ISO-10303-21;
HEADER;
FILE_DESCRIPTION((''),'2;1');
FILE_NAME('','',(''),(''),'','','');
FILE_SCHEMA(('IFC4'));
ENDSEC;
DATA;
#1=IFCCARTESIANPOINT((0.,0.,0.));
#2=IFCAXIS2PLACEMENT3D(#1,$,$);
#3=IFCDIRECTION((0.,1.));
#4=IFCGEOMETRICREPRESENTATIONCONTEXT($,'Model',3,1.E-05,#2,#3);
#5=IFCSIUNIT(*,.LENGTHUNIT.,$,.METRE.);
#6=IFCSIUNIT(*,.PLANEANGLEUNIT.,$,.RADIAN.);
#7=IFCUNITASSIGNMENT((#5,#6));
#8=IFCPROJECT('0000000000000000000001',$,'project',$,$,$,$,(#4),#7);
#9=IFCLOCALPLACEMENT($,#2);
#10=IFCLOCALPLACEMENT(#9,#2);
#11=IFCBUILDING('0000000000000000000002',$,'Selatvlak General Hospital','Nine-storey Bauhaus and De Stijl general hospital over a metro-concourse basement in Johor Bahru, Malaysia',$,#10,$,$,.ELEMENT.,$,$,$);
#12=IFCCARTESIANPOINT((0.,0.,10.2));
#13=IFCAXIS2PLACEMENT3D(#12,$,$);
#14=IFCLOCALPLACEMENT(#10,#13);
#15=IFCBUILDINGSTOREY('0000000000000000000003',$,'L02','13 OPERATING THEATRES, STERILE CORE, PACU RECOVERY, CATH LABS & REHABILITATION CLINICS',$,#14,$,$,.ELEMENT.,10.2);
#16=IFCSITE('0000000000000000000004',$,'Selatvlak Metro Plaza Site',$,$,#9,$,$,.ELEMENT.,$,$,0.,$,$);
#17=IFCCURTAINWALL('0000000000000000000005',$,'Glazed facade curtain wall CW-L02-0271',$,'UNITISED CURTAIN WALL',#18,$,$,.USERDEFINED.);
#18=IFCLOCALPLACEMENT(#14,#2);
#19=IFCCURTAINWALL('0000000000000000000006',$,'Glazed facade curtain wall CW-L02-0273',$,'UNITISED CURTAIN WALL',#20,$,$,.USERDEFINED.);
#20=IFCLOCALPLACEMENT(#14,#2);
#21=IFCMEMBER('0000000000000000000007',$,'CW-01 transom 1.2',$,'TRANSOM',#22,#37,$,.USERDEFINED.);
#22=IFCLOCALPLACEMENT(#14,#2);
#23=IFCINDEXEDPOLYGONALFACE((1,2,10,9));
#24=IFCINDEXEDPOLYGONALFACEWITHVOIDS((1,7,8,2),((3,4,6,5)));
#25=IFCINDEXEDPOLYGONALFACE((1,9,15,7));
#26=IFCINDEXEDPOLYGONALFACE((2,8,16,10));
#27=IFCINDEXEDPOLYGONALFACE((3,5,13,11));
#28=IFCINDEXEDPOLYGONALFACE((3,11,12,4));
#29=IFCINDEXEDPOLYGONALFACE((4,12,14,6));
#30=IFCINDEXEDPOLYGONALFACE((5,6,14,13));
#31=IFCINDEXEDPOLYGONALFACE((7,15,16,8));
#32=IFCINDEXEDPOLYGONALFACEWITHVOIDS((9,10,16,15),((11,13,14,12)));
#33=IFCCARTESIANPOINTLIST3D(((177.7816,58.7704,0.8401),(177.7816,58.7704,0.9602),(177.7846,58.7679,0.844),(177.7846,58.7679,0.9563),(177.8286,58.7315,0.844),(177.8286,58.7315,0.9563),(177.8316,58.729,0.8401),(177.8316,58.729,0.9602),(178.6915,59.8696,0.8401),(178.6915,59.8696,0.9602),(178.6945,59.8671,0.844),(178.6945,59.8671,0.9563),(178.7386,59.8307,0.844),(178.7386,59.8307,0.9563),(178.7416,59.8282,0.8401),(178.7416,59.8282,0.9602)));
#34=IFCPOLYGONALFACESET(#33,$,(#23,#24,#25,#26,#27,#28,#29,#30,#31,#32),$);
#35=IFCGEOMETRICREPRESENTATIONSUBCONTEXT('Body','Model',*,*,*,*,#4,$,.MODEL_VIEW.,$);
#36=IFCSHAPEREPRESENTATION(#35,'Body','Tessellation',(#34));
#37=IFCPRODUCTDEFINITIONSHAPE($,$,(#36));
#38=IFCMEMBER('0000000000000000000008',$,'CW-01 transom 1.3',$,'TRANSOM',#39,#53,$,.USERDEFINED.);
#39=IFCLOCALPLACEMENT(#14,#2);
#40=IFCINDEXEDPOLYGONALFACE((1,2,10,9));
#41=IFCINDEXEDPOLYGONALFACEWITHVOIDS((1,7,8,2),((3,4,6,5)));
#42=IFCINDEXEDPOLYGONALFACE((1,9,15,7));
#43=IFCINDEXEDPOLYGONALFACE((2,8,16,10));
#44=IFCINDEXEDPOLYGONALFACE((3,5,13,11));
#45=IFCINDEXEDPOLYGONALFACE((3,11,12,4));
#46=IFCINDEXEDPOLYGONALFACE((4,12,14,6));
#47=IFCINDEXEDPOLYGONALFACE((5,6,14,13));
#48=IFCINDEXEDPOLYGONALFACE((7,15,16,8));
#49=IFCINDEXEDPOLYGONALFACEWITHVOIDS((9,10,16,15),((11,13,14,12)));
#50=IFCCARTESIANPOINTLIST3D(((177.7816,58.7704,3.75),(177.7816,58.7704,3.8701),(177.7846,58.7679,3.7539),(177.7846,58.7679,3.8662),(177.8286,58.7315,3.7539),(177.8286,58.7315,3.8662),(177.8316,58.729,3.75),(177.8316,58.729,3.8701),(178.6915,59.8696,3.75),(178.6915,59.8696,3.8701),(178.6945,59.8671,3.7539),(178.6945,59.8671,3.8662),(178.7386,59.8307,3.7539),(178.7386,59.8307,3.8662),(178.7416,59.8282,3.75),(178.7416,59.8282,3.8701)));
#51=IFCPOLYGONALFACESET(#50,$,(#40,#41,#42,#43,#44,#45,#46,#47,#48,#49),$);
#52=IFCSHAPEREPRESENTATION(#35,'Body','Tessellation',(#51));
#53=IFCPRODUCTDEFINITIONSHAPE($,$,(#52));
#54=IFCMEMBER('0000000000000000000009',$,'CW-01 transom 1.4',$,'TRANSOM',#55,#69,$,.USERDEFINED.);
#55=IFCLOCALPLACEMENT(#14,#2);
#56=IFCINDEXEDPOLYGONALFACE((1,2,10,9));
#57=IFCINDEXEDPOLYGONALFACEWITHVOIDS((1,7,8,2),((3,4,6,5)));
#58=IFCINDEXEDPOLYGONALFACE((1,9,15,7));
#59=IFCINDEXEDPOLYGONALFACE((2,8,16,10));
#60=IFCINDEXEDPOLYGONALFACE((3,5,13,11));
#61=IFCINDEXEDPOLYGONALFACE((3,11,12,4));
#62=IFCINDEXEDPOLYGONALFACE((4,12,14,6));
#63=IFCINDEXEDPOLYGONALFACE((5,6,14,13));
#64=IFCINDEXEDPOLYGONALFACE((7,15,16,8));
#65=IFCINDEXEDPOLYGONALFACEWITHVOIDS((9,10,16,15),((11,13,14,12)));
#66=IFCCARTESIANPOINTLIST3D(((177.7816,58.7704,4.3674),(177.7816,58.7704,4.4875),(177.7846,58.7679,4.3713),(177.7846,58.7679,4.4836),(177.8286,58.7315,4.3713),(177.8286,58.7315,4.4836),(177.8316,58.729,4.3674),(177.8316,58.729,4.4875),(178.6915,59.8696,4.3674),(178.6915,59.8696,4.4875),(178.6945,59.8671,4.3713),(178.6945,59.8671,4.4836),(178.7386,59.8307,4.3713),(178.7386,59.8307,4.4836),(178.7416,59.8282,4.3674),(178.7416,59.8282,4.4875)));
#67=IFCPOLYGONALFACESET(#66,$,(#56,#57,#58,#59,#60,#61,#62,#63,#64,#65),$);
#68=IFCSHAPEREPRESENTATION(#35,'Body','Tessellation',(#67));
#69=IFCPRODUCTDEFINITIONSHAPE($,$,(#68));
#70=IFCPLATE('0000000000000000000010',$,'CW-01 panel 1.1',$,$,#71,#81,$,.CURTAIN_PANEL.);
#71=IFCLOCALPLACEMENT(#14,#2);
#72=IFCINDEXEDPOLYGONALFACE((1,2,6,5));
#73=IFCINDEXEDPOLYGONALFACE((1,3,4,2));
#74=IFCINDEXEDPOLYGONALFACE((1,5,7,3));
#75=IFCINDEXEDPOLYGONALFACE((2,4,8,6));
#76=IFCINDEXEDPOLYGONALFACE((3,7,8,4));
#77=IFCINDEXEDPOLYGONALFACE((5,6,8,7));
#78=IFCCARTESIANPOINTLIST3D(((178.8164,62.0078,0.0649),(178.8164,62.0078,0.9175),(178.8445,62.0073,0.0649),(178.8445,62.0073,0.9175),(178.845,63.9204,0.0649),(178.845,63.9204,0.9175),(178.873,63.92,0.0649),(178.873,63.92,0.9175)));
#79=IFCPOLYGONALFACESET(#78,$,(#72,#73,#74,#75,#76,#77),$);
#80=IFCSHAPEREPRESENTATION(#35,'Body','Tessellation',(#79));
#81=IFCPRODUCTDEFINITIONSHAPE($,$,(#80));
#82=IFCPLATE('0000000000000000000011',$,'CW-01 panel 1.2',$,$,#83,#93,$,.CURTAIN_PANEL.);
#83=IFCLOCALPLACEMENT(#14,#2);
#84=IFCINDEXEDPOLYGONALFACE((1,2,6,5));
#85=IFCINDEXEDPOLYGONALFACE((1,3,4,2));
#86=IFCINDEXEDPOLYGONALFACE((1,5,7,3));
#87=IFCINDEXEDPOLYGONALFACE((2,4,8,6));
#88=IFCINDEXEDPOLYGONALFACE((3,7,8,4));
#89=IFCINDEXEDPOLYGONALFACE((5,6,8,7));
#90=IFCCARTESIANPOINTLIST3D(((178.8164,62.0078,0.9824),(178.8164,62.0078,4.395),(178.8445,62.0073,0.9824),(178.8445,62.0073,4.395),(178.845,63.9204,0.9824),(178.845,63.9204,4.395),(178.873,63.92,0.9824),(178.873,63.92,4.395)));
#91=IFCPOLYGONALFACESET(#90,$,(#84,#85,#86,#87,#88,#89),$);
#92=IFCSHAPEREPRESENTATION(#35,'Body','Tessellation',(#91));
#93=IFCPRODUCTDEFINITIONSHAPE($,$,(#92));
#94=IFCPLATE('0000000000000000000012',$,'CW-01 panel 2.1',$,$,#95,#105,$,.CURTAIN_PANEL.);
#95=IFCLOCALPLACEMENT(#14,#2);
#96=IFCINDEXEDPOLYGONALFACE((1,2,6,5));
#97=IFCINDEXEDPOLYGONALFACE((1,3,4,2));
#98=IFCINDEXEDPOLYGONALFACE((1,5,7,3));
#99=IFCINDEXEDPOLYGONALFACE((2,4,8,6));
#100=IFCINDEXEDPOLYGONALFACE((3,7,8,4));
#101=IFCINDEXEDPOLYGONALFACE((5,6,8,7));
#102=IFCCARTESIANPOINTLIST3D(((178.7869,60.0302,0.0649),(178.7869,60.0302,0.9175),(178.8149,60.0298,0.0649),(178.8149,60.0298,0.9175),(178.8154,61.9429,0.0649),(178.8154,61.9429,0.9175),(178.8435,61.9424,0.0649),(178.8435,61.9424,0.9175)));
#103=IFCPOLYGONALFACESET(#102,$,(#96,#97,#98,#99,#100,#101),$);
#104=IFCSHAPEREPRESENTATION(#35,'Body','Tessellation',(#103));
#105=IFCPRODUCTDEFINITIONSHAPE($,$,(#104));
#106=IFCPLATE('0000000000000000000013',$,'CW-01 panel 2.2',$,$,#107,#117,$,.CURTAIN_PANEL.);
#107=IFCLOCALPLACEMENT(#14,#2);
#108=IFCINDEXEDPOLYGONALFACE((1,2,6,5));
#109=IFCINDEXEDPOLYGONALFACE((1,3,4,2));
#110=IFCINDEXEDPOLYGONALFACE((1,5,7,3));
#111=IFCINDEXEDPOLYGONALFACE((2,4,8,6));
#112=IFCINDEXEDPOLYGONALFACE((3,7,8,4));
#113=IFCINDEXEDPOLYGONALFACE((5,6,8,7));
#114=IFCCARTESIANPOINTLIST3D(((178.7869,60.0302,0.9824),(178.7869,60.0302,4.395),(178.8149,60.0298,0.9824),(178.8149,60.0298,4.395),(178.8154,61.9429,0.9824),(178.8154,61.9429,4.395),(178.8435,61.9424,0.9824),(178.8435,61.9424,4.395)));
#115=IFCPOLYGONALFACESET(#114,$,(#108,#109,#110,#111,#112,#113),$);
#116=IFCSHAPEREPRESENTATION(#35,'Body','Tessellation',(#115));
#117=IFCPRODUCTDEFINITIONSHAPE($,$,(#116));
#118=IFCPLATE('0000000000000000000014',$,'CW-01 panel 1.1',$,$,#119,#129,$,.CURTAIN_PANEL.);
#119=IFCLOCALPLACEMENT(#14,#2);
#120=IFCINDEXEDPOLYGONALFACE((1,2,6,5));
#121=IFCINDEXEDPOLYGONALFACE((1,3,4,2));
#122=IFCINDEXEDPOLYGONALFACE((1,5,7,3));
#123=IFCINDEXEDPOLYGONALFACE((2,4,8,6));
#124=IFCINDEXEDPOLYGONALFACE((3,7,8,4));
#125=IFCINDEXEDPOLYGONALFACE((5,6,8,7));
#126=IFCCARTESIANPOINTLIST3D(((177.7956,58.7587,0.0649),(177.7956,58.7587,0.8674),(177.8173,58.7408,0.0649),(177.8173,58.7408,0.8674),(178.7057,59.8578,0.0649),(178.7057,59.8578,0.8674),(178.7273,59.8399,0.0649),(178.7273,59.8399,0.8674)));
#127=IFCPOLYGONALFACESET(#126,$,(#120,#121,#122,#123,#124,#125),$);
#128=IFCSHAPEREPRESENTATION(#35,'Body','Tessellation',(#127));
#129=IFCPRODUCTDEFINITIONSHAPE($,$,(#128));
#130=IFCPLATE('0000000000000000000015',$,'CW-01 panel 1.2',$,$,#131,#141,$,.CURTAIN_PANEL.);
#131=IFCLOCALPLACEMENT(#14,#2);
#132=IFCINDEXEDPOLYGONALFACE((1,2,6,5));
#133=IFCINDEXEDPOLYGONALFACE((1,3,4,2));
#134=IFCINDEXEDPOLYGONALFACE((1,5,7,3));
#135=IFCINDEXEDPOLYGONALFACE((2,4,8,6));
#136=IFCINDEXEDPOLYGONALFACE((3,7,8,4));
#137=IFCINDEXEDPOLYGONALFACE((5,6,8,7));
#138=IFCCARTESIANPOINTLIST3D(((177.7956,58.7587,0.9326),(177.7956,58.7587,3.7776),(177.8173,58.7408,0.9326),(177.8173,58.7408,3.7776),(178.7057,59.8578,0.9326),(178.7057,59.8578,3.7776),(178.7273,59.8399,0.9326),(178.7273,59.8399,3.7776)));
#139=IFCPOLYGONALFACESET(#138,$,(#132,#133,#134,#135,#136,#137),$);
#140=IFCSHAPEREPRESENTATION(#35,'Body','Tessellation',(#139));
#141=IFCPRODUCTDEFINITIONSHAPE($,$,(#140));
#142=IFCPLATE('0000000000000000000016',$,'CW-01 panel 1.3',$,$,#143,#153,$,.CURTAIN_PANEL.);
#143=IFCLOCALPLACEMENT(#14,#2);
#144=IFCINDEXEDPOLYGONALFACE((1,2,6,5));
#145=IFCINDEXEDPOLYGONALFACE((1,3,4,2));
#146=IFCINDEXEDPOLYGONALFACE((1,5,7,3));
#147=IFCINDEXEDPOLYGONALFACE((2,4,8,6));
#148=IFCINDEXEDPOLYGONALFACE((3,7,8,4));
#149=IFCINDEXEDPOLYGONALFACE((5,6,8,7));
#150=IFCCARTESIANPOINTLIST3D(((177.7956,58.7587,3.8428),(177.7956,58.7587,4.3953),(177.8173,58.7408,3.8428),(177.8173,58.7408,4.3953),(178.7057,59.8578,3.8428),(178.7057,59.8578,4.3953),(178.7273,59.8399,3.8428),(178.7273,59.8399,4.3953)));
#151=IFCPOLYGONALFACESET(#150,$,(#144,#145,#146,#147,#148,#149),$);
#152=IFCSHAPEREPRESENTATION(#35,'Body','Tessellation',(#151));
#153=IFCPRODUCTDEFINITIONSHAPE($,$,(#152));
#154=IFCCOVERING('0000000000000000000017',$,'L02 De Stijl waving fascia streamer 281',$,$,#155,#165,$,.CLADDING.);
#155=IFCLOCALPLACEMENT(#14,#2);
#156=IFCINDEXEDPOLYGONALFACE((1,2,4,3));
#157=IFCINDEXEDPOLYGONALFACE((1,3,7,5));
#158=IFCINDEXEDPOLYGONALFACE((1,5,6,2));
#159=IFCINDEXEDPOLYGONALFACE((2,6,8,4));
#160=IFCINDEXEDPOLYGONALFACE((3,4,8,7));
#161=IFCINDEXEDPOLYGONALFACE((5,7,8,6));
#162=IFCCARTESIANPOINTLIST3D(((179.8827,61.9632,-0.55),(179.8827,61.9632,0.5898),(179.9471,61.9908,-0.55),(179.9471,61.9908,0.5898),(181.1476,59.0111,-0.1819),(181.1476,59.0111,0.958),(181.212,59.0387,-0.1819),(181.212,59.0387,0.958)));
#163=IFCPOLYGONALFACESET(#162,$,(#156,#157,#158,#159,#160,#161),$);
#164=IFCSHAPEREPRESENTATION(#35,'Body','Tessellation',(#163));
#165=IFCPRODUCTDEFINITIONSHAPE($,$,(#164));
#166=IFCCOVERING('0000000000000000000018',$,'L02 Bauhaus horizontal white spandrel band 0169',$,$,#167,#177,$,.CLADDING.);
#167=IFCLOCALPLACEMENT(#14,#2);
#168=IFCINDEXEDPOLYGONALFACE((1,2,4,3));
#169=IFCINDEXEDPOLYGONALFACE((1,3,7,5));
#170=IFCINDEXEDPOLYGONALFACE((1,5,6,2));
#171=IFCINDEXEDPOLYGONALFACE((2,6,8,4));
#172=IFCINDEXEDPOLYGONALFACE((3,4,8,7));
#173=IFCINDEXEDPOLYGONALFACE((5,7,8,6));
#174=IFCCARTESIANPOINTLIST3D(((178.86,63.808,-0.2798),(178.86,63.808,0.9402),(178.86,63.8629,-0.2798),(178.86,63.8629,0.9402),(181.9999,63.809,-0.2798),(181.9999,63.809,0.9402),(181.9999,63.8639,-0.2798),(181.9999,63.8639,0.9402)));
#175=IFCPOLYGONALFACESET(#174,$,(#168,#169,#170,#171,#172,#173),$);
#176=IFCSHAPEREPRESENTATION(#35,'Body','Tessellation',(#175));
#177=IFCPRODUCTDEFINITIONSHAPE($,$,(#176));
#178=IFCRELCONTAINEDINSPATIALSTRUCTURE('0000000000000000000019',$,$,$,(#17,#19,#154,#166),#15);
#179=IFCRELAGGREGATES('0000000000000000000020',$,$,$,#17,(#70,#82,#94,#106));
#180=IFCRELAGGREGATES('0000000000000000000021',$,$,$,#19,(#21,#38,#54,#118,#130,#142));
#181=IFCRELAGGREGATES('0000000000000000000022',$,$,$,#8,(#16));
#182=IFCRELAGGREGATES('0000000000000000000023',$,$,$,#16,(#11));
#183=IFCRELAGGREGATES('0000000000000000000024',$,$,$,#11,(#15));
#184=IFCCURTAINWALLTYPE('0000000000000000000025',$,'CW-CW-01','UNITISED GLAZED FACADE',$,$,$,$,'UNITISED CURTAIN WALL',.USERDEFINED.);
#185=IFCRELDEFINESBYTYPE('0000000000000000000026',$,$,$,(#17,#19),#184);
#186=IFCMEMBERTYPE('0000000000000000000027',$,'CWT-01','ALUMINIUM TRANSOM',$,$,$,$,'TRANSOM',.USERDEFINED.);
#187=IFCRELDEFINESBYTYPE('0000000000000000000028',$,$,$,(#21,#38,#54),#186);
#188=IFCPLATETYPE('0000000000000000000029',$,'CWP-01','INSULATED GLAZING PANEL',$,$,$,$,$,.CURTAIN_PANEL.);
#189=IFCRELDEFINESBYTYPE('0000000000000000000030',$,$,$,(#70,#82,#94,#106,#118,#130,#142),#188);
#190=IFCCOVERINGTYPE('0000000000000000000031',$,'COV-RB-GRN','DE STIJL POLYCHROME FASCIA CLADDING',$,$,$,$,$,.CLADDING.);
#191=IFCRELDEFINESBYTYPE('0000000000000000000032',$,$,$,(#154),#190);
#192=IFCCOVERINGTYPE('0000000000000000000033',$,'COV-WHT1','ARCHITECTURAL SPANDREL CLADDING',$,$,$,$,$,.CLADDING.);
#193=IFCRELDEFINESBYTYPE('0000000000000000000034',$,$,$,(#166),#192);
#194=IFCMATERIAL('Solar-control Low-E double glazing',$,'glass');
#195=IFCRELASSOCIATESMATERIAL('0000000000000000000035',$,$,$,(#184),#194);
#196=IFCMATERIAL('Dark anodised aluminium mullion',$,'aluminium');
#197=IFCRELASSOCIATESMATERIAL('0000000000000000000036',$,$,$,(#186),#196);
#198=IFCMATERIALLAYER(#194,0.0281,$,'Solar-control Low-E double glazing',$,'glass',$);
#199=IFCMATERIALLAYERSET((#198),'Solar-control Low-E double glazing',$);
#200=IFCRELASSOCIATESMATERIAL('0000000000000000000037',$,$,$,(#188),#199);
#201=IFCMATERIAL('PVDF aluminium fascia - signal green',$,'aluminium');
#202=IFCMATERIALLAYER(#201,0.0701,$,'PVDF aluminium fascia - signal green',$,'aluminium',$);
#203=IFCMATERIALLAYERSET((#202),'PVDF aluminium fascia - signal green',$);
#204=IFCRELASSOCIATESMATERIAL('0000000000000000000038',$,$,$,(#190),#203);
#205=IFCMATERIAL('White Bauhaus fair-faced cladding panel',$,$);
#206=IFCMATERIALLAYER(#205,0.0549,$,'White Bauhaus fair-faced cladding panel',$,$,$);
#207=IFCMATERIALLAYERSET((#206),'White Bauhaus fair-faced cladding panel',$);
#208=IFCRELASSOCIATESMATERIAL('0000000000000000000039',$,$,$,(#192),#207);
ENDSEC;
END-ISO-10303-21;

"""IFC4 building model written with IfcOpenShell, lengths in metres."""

from ifc_helpers import new_model, si_unit, direction, frame, origin, origin_2d, place, context, subcontext, project, spatial, polyline, rectangle, hollow_rectangle, outline, extrude, material, layer, layer_set, material_profile, profile_set, type_object, element, aggregate, save


model = new_model("IFC4")

# Units and contexts
model_context = context("Model", 3, precision=1e-05, world=origin(), true_north=direction((0.0, 1.0)))
body_context = subcontext(model_context, "Body", "Model", "MODEL_VIEW")
ifc_project = project(units=[si_unit("LENGTHUNIT", "METRE"), si_unit("PLANEANGLEUNIT", "RADIAN")], contexts=[model_context])

# Site, building, storey
site_placement = place(None, origin())
site = spatial("IfcSite", under=ifc_project, at=site_placement, Name="Selatvlak Metro Plaza Site", CompositionType="ELEMENT", RefElevation=0.0)
building_placement = place(site_placement, origin())
building = spatial("IfcBuilding", under=site, at=building_placement, Name="Selatvlak General Hospital", Description="Nine-storey Bauhaus and De Stijl general hospital over a metro-concourse basement in Johor Bahru, Malaysia", CompositionType="ELEMENT")
storey_placement = place(building_placement, frame((0.0, 0.0, 10.2)))
storey = spatial("IfcBuildingStorey", under=building, at=storey_placement, Name="L02", Description="13 OPERATING THEATRES, STERILE CORE, PACU RECOVERY, CATH LABS & REHABILITATION CLINICS", CompositionType="ELEMENT", Elevation=10.2)

# Curtain walls
ifc_material_1 = material(Name="Solar-control Low-E double glazing", Category="glass")
curtain_wall_type = type_object("IfcCurtainWallType", Name="CW-CW-01", Description="UNITISED GLAZED FACADE", ElementType="UNITISED CURTAIN WALL", PredefinedType="USERDEFINED", material=ifc_material_1)
curtain_wall_1_placement = place(storey_placement, origin())
curtain_wall_1 = element("IfcCurtainWall", 1, at=curtain_wall_1_placement, inside=storey, type_object=curtain_wall_type, Name="Glazed facade curtain wall CW-L02-0271", ObjectType="UNITISED CURTAIN WALL", PredefinedType="USERDEFINED")
ifc_material_2 = material(Name="Dark anodised aluminium mullion", Category="aluminium")
curtain_wall_2_placement = place(storey_placement, origin())
curtain_wall_2 = element("IfcCurtainWall", 2, at=curtain_wall_2_placement, inside=storey, type_object=curtain_wall_type, Name="Glazed facade curtain wall CW-L02-0273", ObjectType="UNITISED CURTAIN WALL", PredefinedType="USERDEFINED")

# Members
ifc_material_profile_1 = material_profile(ifc_material_2, hollow_rectangle(XDim=0.0649, YDim=0.1201, WallThickness=0.0039, at=origin_2d()), Name="AL-TRN 65x120x4")
ifc_profile_set_1 = profile_set([ifc_material_profile_1], Name="Dark anodised aluminium mullion")
member_type_1 = type_object("IfcMemberType", Name="CWT-01", Description="ALUMINIUM TRANSOM", ElementType="TRANSOM", PredefinedType="USERDEFINED", material=ifc_profile_set_1)
member_1_placement = place(storey_placement, frame((178.7166, 59.8489, 0.9001), z_axis=(-0.63769, -0.770293, 0.0), x_axis=(0.770293, -0.63769, 0.0)))
member_1 = element("IfcMember", 3, at=member_1_placement, type_object=member_type_1, Name="CW-01 transom 1.2", ObjectType="TRANSOM", PredefinedType="USERDEFINED", context=body_context, shape_type="SweptSolid", body=[
    extrude(hollow_rectangle(XDim=0.0649, YDim=0.1201, WallThickness=0.0039, at=origin_2d()), origin(), (0.0, 0.0, 1.0), 1.427),
])
member_2_placement = place(storey_placement, frame((178.7166, 59.8489, 3.8101), z_axis=(-0.63769, -0.770293, 0.0), x_axis=(0.770293, -0.63769, 0.0)))
member_2 = element("IfcMember", 4, at=member_2_placement, type_object=member_type_1, Name="CW-01 transom 1.3", ObjectType="TRANSOM", PredefinedType="USERDEFINED", context=body_context, shape_type="SweptSolid", body=[
    extrude(hollow_rectangle(XDim=0.0649, YDim=0.1201, WallThickness=0.0039, at=origin_2d()), origin(), (0.0, 0.0, 1.0), 1.427),
])
member_3_placement = place(storey_placement, frame((178.7166, 59.8489, 4.4275), z_axis=(-0.63769, -0.770293, 0.0), x_axis=(0.770293, -0.63769, 0.0)))
member_3 = element("IfcMember", 5, at=member_3_placement, type_object=member_type_1, Name="CW-01 transom 1.4", ObjectType="TRANSOM", PredefinedType="USERDEFINED", context=body_context, shape_type="SweptSolid", body=[
    extrude(hollow_rectangle(XDim=0.0649, YDim=0.1201, WallThickness=0.0039, at=origin_2d()), origin(), (0.0, 0.0, 1.0), 1.427),
])

# Plates
ifc_layer_1 = layer(ifc_material_1, 0.0281, Name="Solar-control Low-E double glazing", Category="glass")
ifc_layer_set_1 = layer_set([ifc_layer_1], Name="Solar-control Low-E double glazing")
plate_type = type_object("IfcPlateType", Name="CWP-01", Description="INSULATED GLAZING PANEL", PredefinedType="CURTAIN_PANEL", material=ifc_layer_set_1)
plate_1_placement = place(storey_placement, frame((178.8447, 62.9639, 0.0649), z_axis=(0.0, 0.0, 1.0), x_axis=(-0.014924, -0.999889, 0.0)))
plate_1 = element("IfcPlate", 6, at=plate_1_placement, type_object=plate_type, Name="CW-01 panel 1.1", PredefinedType="CURTAIN_PANEL", context=body_context, shape_type="SweptSolid", body=[
    extrude(rectangle(XDim=1.9128, YDim=0.0281, at=origin_2d()), origin(), (0.0, 0.0, 1.0), 0.8525),
])
plate_2_placement = place(storey_placement, frame((178.8447, 62.9639, 0.9824), z_axis=(0.0, 0.0, 1.0), x_axis=(-0.014924, -0.999889, 0.0)))
plate_2 = element("IfcPlate", 7, at=plate_2_placement, type_object=plate_type, Name="CW-01 panel 1.2", PredefinedType="CURTAIN_PANEL", context=body_context, shape_type="SweptSolid", body=[
    extrude(rectangle(XDim=1.9128, YDim=0.0281, at=origin_2d()), origin(), (0.0, 0.0, 1.0), 3.4126),
])
plate_3_placement = place(storey_placement, frame((178.8152, 60.9863, 0.0649), z_axis=(0.0, 0.0, 1.0), x_axis=(-0.014924, -0.999889, 0.0)))
plate_3 = element("IfcPlate", 8, at=plate_3_placement, type_object=plate_type, Name="CW-01 panel 2.1", PredefinedType="CURTAIN_PANEL", context=body_context, shape_type="SweptSolid", body=[
    extrude(rectangle(XDim=1.9128, YDim=0.0281, at=origin_2d()), origin(), (0.0, 0.0, 1.0), 0.8525),
])
plate_4_placement = place(storey_placement, frame((178.8152, 60.9863, 0.9824), z_axis=(0.0, 0.0, 1.0), x_axis=(-0.014924, -0.999889, 0.0)))
plate_4 = element("IfcPlate", 9, at=plate_4_placement, type_object=plate_type, Name="CW-01 panel 2.2", PredefinedType="CURTAIN_PANEL", context=body_context, shape_type="SweptSolid", body=[
    extrude(rectangle(XDim=1.9128, YDim=0.0281, at=origin_2d()), origin(), (0.0, 0.0, 1.0), 3.4126),
])
aggregate(curtain_wall_1, [plate_1, plate_2, plate_3, plate_4])
plate_5_placement = place(storey_placement, frame((178.2615, 59.2993, 0.0649), z_axis=(0.0, 0.0, 1.0), x_axis=(-0.63774, -0.770252, 0.0)))
plate_5 = element("IfcPlate", 10, at=plate_5_placement, type_object=plate_type, Name="CW-01 panel 1.1", PredefinedType="CURTAIN_PANEL", context=body_context, shape_type="SweptSolid", body=[
    extrude(rectangle(XDim=1.427, YDim=0.0281, at=origin_2d()), origin(), (0.0, 0.0, 1.0), 0.8025),
])
plate_6_placement = place(storey_placement, frame((178.2615, 59.2993, 0.9326), z_axis=(0.0, 0.0, 1.0), x_axis=(-0.63774, -0.770252, 0.0)))
plate_6 = element("IfcPlate", 11, at=plate_6_placement, type_object=plate_type, Name="CW-01 panel 1.2", PredefinedType="CURTAIN_PANEL", context=body_context, shape_type="SweptSolid", body=[
    extrude(rectangle(XDim=1.427, YDim=0.0281, at=origin_2d()), origin(), (0.0, 0.0, 1.0), 2.845),
])
plate_7_placement = place(storey_placement, frame((178.2615, 59.2993, 3.8428), z_axis=(0.0, 0.0, 1.0), x_axis=(-0.63774, -0.770252, 0.0)))
plate_7 = element("IfcPlate", 12, at=plate_7_placement, type_object=plate_type, Name="CW-01 panel 1.3", PredefinedType="CURTAIN_PANEL", context=body_context, shape_type="SweptSolid", body=[
    extrude(rectangle(XDim=1.427, YDim=0.0281, at=origin_2d()), origin(), (0.0, 0.0, 1.0), 0.5525),
])
aggregate(curtain_wall_2, [member_1, member_2, member_3, plate_5, plate_6, plate_7])

# Coverings
ifc_material_3 = material(Name="PVDF aluminium fascia - signal green", Category="aluminium")
ifc_layer_2 = layer(ifc_material_3, 0.0701, Name="PVDF aluminium fascia - signal green", Category="aluminium")
ifc_layer_set_2 = layer_set([ifc_layer_2], Name="PVDF aluminium fascia - signal green")
covering_type_1 = type_object("IfcCoveringType", Name="COV-RB-GRN", Description="DE STIJL POLYCHROME FASCIA CLADDING", PredefinedType="CLADDING", material=ifc_layer_set_2)
covering_1_placement = place(storey_placement, frame((181.1799, 59.0249, -0.1819), z_axis=(0.0, 0.0, 1.0), x_axis=(-0.393837, 0.91918, 0.0)))
element("IfcCovering", 13, at=covering_1_placement, inside=storey, type_object=covering_type_1, Name="L02 De Stijl waving fascia streamer 281", PredefinedType="CLADDING", context=body_context, shape_type="SweptSolid", body=[
    extrude(outline(polyline([(0.0, 0.0), (3.2117, -0.3682), (3.2117, 0.7717), (0.0, 1.1399), (0.0, 0.0)])), frame((0.0, 0.0352, 0.0), z_axis=(0.0, -1.0, 0.0), x_axis=(1.0, 0.0, 0.0)), (0.0, 0.0, 1.0), 0.0701),
])
ifc_material_4 = material(Name="White Bauhaus fair-faced cladding panel")
ifc_layer_3 = layer(ifc_material_4, 0.0549, Name="White Bauhaus fair-faced cladding panel")
ifc_layer_set_3 = layer_set([ifc_layer_3], Name="White Bauhaus fair-faced cladding panel")
covering_type_2 = type_object("IfcCoveringType", Name="COV-WHT1", Description="ARCHITECTURAL SPANDREL CLADDING", PredefinedType="CLADDING", material=ifc_layer_set_3)
covering_2_placement = place(storey_placement, frame((180.4299, 63.8359, -0.2798), z_axis=(0.0, 0.0, 1.0), x_axis=(-1.0, -0.000314, 0.0)))
element("IfcCovering", 14, at=covering_2_placement, inside=storey, type_object=covering_type_2, Name="L02 Bauhaus horizontal white spandrel band 0169", PredefinedType="CLADDING", context=body_context, shape_type="SweptSolid", body=[
    extrude(rectangle(XDim=3.1399, YDim=0.0549, at=origin_2d()), origin(), (0.0, 0.0, 1.0), 1.22),
])

save(model, "model.ifc")
